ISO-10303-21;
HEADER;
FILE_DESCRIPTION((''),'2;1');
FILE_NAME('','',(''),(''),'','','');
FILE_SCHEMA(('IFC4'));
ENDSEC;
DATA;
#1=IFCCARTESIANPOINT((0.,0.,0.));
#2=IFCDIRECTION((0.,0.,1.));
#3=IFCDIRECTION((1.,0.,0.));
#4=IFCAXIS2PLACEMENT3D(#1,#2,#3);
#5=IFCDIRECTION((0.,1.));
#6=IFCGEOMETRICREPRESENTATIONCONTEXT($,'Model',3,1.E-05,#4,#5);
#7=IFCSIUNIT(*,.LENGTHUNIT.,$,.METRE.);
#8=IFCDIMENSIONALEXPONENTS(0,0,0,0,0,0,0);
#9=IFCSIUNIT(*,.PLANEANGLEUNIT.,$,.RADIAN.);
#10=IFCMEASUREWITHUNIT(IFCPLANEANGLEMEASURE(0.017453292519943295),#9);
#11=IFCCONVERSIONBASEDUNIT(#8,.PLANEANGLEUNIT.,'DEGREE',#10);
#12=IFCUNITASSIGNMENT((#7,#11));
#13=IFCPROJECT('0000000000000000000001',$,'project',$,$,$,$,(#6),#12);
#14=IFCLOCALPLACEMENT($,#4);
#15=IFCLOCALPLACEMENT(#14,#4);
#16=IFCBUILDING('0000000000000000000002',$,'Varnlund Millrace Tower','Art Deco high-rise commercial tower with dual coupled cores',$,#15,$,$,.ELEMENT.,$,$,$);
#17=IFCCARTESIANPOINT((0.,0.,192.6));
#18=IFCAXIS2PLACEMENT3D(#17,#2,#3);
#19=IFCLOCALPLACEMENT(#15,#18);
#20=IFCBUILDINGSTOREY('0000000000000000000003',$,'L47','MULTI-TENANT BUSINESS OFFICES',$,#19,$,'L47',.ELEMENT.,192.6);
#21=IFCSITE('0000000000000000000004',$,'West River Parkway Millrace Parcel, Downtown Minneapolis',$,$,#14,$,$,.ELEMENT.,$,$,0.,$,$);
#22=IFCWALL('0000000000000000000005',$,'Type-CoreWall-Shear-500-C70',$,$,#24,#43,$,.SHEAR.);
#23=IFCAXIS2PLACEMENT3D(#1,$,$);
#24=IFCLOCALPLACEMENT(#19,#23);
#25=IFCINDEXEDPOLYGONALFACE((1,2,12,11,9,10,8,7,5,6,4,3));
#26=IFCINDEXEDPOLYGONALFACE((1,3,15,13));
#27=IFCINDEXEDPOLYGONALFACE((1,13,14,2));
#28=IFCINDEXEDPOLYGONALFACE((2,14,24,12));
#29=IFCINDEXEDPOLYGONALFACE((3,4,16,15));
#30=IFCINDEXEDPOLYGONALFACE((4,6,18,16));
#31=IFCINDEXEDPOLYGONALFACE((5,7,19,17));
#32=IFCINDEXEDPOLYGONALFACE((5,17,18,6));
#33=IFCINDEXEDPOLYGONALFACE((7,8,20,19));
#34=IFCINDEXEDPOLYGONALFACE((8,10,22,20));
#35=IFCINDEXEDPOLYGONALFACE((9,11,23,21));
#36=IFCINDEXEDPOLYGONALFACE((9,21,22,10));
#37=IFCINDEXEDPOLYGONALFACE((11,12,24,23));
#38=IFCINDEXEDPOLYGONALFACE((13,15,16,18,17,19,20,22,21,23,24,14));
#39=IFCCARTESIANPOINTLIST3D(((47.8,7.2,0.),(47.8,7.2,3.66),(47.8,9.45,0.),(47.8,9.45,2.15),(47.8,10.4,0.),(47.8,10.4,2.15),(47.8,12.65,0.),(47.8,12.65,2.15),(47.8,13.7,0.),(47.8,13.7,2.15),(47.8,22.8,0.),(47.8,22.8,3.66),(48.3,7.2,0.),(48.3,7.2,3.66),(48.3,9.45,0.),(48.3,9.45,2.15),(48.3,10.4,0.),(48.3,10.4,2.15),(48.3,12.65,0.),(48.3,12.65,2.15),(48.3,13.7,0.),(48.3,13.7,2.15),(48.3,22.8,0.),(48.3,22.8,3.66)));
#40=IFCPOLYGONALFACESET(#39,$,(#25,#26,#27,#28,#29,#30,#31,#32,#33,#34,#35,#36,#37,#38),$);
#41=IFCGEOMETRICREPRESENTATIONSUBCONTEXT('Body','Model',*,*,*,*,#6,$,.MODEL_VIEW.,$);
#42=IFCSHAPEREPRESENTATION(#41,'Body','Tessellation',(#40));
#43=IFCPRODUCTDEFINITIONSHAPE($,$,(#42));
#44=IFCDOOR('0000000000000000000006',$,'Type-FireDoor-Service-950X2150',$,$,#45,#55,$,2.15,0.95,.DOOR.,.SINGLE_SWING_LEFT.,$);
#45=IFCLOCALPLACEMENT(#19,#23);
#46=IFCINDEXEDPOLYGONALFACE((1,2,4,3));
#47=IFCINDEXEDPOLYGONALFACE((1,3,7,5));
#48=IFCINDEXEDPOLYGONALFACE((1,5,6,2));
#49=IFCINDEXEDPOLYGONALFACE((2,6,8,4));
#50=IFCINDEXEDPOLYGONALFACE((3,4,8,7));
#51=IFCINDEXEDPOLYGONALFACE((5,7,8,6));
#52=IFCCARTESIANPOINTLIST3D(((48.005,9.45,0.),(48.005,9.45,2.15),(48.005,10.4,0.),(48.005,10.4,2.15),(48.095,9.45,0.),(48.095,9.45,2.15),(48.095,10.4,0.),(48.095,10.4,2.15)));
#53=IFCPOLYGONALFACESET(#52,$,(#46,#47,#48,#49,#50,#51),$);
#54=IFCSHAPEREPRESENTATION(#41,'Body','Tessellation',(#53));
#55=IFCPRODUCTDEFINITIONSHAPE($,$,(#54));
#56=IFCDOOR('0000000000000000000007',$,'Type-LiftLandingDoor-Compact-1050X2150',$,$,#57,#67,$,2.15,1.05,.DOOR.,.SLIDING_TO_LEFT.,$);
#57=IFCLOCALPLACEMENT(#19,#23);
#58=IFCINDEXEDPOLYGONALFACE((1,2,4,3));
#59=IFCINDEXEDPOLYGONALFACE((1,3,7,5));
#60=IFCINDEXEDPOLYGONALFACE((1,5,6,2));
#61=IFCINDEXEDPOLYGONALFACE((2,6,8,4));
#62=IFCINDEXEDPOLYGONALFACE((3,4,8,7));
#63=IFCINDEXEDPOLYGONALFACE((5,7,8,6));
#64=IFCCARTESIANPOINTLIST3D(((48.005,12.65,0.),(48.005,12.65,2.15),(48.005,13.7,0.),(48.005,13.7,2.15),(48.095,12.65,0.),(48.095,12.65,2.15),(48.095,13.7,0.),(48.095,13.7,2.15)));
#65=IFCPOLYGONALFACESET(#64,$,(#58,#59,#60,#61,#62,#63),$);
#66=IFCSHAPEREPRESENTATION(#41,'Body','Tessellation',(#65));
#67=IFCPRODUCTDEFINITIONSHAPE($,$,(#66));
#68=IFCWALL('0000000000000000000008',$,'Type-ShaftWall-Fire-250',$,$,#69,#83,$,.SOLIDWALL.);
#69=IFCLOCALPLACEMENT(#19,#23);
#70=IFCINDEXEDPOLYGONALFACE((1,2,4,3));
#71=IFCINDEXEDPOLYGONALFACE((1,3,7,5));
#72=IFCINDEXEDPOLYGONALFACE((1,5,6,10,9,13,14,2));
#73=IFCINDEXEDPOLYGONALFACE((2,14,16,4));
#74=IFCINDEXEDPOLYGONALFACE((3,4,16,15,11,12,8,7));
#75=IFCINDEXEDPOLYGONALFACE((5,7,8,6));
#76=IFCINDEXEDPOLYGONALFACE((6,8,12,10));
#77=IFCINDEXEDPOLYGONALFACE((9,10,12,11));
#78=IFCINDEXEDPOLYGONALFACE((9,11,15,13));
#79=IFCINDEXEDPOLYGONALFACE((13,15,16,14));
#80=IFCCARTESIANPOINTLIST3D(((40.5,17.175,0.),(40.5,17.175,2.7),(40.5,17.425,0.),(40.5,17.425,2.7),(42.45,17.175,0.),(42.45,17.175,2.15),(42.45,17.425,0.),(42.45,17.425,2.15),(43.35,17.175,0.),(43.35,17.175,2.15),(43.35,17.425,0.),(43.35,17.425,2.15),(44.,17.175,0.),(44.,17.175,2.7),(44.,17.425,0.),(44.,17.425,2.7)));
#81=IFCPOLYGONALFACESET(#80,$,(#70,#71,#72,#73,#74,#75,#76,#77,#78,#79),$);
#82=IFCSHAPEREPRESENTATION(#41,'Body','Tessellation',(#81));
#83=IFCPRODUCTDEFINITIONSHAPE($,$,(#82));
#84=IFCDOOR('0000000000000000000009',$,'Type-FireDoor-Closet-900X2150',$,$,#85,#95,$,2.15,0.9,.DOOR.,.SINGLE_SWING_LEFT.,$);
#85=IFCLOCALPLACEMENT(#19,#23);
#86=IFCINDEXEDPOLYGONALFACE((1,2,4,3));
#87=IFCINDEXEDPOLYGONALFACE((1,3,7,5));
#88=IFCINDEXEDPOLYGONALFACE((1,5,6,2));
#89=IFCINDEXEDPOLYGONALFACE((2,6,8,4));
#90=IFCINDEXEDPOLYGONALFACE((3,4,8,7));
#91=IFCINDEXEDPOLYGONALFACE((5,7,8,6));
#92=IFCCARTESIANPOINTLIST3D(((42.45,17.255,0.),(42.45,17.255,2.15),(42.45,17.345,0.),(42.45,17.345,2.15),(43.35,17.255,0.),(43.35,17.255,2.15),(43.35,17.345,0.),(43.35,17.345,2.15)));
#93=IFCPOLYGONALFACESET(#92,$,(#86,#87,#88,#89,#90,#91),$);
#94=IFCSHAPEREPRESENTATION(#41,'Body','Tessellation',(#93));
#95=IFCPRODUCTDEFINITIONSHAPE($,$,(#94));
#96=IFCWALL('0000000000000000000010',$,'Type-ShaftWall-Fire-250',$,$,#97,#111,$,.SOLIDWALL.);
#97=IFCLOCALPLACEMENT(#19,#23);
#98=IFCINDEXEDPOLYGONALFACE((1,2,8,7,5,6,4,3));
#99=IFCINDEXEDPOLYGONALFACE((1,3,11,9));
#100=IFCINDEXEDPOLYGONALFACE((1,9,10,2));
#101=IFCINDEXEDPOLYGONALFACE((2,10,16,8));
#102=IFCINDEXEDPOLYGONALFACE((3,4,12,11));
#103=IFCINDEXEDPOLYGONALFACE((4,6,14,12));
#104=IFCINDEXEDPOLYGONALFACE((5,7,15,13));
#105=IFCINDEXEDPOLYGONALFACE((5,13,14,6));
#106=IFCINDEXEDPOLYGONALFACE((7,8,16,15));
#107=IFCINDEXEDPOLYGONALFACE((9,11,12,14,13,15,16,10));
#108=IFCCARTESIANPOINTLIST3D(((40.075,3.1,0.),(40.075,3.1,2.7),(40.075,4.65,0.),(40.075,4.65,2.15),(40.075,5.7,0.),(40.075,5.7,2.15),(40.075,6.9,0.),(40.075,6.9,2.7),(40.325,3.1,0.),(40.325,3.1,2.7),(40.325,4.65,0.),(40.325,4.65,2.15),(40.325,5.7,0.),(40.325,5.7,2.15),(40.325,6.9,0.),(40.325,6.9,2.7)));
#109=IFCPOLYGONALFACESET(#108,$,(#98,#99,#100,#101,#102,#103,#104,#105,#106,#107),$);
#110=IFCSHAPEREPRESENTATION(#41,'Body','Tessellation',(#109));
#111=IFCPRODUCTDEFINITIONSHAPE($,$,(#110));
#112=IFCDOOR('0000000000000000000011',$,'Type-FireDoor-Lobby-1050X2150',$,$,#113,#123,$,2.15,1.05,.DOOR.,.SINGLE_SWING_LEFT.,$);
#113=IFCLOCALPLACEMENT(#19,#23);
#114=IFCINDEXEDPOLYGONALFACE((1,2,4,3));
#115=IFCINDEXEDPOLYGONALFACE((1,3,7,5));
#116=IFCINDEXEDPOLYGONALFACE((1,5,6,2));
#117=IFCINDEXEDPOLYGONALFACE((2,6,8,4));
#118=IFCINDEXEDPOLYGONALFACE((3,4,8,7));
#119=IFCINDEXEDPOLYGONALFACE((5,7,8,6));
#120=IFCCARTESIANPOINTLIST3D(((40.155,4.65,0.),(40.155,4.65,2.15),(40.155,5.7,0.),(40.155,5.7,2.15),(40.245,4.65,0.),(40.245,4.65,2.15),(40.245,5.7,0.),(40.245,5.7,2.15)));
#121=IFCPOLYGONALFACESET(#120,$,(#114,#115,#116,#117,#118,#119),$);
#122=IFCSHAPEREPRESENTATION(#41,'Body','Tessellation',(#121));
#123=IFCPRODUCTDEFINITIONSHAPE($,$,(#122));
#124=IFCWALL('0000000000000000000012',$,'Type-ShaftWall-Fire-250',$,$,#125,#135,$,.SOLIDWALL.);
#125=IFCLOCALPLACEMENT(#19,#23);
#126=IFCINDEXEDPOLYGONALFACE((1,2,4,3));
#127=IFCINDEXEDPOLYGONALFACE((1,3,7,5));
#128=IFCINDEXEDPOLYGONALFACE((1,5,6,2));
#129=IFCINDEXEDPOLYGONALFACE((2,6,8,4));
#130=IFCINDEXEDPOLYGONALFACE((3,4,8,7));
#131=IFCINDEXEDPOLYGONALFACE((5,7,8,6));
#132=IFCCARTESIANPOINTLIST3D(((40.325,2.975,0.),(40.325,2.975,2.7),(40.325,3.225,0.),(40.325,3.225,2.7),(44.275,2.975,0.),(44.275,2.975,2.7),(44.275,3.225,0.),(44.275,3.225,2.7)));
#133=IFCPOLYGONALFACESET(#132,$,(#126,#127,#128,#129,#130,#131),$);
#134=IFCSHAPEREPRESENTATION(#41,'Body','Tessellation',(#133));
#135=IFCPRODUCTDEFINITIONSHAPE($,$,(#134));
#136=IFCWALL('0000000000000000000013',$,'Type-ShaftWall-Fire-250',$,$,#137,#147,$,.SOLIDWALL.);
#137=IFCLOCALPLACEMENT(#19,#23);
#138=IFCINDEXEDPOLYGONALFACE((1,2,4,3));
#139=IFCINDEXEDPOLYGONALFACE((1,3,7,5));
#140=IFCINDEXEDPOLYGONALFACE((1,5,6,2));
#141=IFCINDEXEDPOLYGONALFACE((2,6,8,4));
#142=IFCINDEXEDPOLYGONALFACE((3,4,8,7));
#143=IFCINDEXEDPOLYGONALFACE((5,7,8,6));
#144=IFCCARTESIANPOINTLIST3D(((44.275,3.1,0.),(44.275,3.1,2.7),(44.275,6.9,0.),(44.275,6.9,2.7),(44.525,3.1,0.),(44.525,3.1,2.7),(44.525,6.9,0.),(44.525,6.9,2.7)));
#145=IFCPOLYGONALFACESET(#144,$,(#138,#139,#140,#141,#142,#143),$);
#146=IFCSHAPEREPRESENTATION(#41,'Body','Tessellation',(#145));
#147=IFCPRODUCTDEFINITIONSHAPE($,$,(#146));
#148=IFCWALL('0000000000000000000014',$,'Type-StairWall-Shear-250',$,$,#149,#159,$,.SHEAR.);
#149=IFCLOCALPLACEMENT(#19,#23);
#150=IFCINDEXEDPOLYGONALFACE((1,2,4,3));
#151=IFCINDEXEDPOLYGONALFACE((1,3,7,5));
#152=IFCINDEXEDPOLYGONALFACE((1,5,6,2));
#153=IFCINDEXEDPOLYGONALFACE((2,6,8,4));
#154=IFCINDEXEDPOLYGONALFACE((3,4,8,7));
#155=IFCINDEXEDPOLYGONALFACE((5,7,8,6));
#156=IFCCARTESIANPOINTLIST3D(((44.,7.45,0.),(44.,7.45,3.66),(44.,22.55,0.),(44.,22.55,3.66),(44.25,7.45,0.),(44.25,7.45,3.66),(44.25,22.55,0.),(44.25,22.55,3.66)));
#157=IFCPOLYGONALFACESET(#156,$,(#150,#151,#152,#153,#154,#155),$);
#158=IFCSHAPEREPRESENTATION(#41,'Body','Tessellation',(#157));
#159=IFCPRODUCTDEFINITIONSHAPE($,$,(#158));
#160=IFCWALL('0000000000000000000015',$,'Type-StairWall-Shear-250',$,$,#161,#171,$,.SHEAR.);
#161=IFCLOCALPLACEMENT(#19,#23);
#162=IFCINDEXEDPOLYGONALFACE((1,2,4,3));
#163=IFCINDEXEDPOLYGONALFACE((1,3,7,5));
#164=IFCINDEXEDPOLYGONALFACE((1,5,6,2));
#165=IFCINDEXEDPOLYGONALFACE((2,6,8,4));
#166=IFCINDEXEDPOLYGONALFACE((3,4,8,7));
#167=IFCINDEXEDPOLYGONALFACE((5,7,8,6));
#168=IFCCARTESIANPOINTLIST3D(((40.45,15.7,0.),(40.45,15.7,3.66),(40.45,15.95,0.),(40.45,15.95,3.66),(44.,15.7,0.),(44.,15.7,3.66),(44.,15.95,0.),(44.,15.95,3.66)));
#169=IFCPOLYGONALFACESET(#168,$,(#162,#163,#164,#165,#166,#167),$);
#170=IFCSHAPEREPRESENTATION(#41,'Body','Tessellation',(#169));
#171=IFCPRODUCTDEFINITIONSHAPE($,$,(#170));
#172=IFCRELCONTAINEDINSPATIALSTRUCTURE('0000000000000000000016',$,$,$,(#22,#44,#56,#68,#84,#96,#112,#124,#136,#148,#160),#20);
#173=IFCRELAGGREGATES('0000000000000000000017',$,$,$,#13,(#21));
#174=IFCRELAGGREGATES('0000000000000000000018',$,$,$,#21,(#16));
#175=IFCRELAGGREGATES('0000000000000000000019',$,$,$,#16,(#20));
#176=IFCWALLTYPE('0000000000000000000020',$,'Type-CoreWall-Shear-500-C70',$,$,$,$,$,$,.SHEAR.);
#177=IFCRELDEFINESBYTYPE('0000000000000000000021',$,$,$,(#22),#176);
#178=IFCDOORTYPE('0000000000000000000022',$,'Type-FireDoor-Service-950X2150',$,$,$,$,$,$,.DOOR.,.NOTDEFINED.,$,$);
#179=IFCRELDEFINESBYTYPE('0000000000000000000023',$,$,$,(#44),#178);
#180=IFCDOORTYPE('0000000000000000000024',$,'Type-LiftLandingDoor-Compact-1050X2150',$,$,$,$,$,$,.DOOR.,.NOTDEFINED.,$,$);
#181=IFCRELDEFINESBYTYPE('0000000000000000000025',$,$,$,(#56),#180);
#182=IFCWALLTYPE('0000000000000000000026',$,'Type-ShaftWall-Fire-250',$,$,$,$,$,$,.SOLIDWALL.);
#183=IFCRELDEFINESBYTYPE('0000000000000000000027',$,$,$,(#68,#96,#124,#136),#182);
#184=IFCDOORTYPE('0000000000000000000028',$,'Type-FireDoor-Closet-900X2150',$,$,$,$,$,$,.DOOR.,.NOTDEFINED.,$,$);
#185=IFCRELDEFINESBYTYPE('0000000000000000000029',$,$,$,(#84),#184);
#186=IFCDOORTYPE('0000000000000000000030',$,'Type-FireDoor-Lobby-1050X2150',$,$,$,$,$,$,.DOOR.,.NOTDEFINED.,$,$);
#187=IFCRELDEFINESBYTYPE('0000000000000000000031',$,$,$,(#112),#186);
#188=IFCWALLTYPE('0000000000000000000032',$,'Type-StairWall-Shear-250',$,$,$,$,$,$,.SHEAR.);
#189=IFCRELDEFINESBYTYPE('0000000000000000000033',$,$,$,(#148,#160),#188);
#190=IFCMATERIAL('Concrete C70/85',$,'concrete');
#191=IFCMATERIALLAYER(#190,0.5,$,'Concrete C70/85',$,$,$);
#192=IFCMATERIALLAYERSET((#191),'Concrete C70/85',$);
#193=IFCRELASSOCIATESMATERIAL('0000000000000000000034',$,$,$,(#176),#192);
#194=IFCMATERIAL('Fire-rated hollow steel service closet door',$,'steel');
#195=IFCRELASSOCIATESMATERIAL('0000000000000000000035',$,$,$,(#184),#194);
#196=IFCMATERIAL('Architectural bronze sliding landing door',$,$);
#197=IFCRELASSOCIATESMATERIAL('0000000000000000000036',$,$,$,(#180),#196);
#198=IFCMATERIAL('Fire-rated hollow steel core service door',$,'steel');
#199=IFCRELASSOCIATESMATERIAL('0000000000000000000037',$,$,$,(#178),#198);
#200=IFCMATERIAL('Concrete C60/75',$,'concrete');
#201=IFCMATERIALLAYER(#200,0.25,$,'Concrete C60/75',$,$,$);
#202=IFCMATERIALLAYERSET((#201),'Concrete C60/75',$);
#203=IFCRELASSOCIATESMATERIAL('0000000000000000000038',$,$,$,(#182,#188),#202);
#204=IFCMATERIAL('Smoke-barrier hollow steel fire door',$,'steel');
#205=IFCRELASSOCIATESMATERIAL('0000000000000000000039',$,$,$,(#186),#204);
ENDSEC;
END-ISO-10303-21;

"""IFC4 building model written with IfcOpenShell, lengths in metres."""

from ifc_helpers import new_model, entity, si_unit, converted_unit, direction, frame, origin_with_axes, origin_2d_with_axis, place, context, subcontext, project, spatial, polyline, rectangle, outline, extrude, material, layer, layer_set, type_object, element, fill, save


model = new_model("IFC4")

# Units and contexts
model_context = context("Model", 3, precision=1e-05, world=origin_with_axes(), true_north=direction((0.0, 1.0)))
body_context = subcontext(model_context, "Body", "Model", "MODEL_VIEW")
ifc_project = project(units=[si_unit("LENGTHUNIT", "METRE"), converted_unit("PLANEANGLEUNIT", "DEGREE", entity("IfcPlaneAngleMeasure", 0.017453292519943295), si_unit("PLANEANGLEUNIT", "RADIAN"), dimensions=[0, 0, 0, 0, 0, 0, 0])], contexts=[model_context])

# Site, building, storey
site_placement = place(None, origin_with_axes())
site = spatial("IfcSite", under=ifc_project, at=site_placement, Name="West River Parkway Millrace Parcel, Downtown Minneapolis", CompositionType="ELEMENT", RefElevation=0.0)
building_placement = place(site_placement, origin_with_axes())
building = spatial("IfcBuilding", under=site, at=building_placement, Name="Varnlund Millrace Tower", Description="Art Deco high-rise commercial tower with dual coupled cores", CompositionType="ELEMENT")
storey_placement = place(building_placement, frame((0.0, 0.0, 192.6), z_axis=(0.0, 0.0, 1.0), x_axis=(1.0, 0.0, 0.0)))
storey = spatial("IfcBuildingStorey", under=building, at=storey_placement, Name="L47", Description="MULTI-TENANT BUSINESS OFFICES", LongName="L47", CompositionType="ELEMENT", Elevation=192.6)

# Shared definitions
ifc_material_1 = material(Name="Concrete C70/85", Category="concrete")

# Shared definitions
ifc_layer_1 = layer(ifc_material_1, 0.5, Name="Concrete C70/85")
ifc_layer_set_1 = layer_set([ifc_layer_1], Name="Concrete C70/85")
wall_type_1 = type_object("IfcWallType", Name="Type-CoreWall-Shear-500-C70", PredefinedType="SHEAR", material=ifc_layer_set_1)
ifc_material_2 = material(Name="Fire-rated hollow steel service closet door", Category="steel")
door_type_1 = type_object("IfcDoorType", Name="Type-FireDoor-Closet-900X2150", OperationType="NOTDEFINED", PredefinedType="DOOR", material=ifc_material_2)
ifc_material_3 = material(Name="Architectural bronze sliding landing door")
door_type_2 = type_object("IfcDoorType", Name="Type-LiftLandingDoor-Compact-1050X2150", OperationType="NOTDEFINED", PredefinedType="DOOR", material=ifc_material_3)

# Wall, openings, doors
wall_1_placement = place(storey_placement, frame((48.05, 7.2, 0.0), z_axis=(0.0, 0.0, 1.0), x_axis=(0.0, 1.0, 0.0)))
wall_1 = element("IfcWall", 1, at=wall_1_placement, inside=storey, type_object=wall_type_1, Name="Type-CoreWall-Shear-500-C70", PredefinedType="SHEAR", context=body_context, shape_type="SweptSolid", body=[
    extrude(outline(polyline([(0.0, -0.25), (15.6, -0.25), (15.6, 0.25), (0.0, 0.25), (0.0, -0.25)])), origin_with_axes(), (0.0, 0.0, 1.0), 3.66),
])
opening_1_placement = place(wall_1_placement, frame((5.975, 0.0, 0.0), z_axis=(0.0, 0.0, 1.0), x_axis=(1.0, 0.0, 0.0)))
opening_1 = element("IfcOpeningElement", 2, at=opening_1_placement, cuts=wall_1, PredefinedType="OPENING", context=body_context, shape_type="SweptSolid", body=[
    extrude(rectangle(XDim=1.05, YDim=0.52, at=origin_2d_with_axis()), origin_with_axes(), (0.0, 0.0, 1.0), 2.15),
])
opening_2_placement = place(wall_1_placement, frame((2.725, 0.0, 0.0), z_axis=(0.0, 0.0, 1.0), x_axis=(1.0, 0.0, 0.0)))
opening_2 = element("IfcOpeningElement", 3, at=opening_2_placement, cuts=wall_1, PredefinedType="OPENING", context=body_context, shape_type="SweptSolid", body=[
    extrude(rectangle(XDim=0.95, YDim=0.52, at=origin_2d_with_axis()), origin_with_axes(), (0.0, 0.0, 1.0), 2.15),
])
ifc_material_4 = material(Name="Fire-rated hollow steel core service door", Category="steel")
door_type_3 = type_object("IfcDoorType", Name="Type-FireDoor-Service-950X2150", OperationType="NOTDEFINED", PredefinedType="DOOR", material=ifc_material_4)
door_1_placement = place(wall_1_placement, frame((2.725, 0.0, 0.0), z_axis=(0.0, 0.0, 1.0), x_axis=(1.0, 0.0, 0.0)))
door_1 = element("IfcDoor", 4, at=door_1_placement, inside=storey, type_object=door_type_3, Name="Type-FireDoor-Service-950X2150", OperationType="SINGLE_SWING_LEFT", OverallHeight=2.15, OverallWidth=0.95, PredefinedType="DOOR", context=body_context, shape_type="SweptSolid", body=[
    extrude(rectangle(XDim=0.95, YDim=0.09, at=origin_2d_with_axis()), origin_with_axes(), (0.0, 0.0, 1.0), 2.15),
])
fill(opening_2, door_1)
door_2_placement = place(wall_1_placement, frame((5.975, 0.0, 0.0), z_axis=(0.0, 0.0, 1.0), x_axis=(1.0, 0.0, 0.0)))
door_2 = element("IfcDoor", 5, at=door_2_placement, inside=storey, type_object=door_type_2, Name="Type-LiftLandingDoor-Compact-1050X2150", OperationType="SLIDING_TO_LEFT", OverallHeight=2.15, OverallWidth=1.05, PredefinedType="DOOR", context=body_context, shape_type="SweptSolid", body=[
    extrude(rectangle(XDim=1.05, YDim=0.09, at=origin_2d_with_axis()), origin_with_axes(), (0.0, 0.0, 1.0), 2.15),
])
fill(opening_1, door_2)

# Walls, openings, doors
ifc_material_5 = material(Name="Concrete C60/75", Category="concrete")
ifc_layer_2 = layer(ifc_material_5, 0.25, Name="Concrete C60/75")
ifc_layer_set_2 = layer_set([ifc_layer_2], Name="Concrete C60/75")
wall_type_2 = type_object("IfcWallType", Name="Type-ShaftWall-Fire-250", PredefinedType="SOLIDWALL", material=ifc_layer_set_2)
wall_2_placement = place(storey_placement, frame((40.5, 17.3, 0.0), z_axis=(0.0, 0.0, 1.0), x_axis=(1.0, 0.0, 0.0)))
wall_2 = element("IfcWall", 6, at=wall_2_placement, inside=storey, type_object=wall_type_2, Name="Type-ShaftWall-Fire-250", PredefinedType="SOLIDWALL", context=body_context, shape_type="SweptSolid", body=[
    extrude(outline(polyline([(0.0, -0.125), (3.5, -0.125), (3.5, 0.125), (0.0, 0.125), (0.0, -0.125)])), origin_with_axes(), (0.0, 0.0, 1.0), 2.7),
])
opening_3_placement = place(wall_2_placement, frame((2.4, 0.0, 0.0), z_axis=(0.0, 0.0, 1.0), x_axis=(1.0, 0.0, 0.0)))
opening_3 = element("IfcOpeningElement", 7, at=opening_3_placement, cuts=wall_2, PredefinedType="OPENING", context=body_context, shape_type="SweptSolid", body=[
    extrude(rectangle(XDim=0.9, YDim=0.27, at=origin_2d_with_axis()), origin_with_axes(), (0.0, 0.0, 1.0), 2.15),
])
door_3_placement = place(wall_2_placement, frame((2.4, 0.0, 0.0), z_axis=(0.0, 0.0, 1.0), x_axis=(1.0, 0.0, 0.0)))
door_3 = element("IfcDoor", 8, at=door_3_placement, inside=storey, type_object=door_type_1, Name="Type-FireDoor-Closet-900X2150", OperationType="SINGLE_SWING_LEFT", OverallHeight=2.15, OverallWidth=0.9, PredefinedType="DOOR", context=body_context, shape_type="SweptSolid", body=[
    extrude(rectangle(XDim=0.9, YDim=0.09, at=origin_2d_with_axis()), origin_with_axes(), (0.0, 0.0, 1.0), 2.15),
])
fill(opening_3, door_3)
wall_3_placement = place(storey_placement, frame((40.2, 3.1, 0.0), z_axis=(0.0, 0.0, 1.0), x_axis=(0.0, 1.0, 0.0)))
wall_3 = element("IfcWall", 9, at=wall_3_placement, inside=storey, type_object=wall_type_2, Name="Type-ShaftWall-Fire-250", PredefinedType="SOLIDWALL", context=body_context, shape_type="SweptSolid", body=[
    extrude(outline(polyline([(0.0, -0.125), (3.8, -0.125), (3.8, 0.125), (0.0, 0.125), (0.0, -0.125)])), origin_with_axes(), (0.0, 0.0, 1.0), 2.7),
])
opening_4_placement = place(wall_3_placement, frame((2.075, 0.0, 0.0), z_axis=(0.0, 0.0, 1.0), x_axis=(1.0, 0.0, 0.0)))
opening_4 = element("IfcOpeningElement", 10, at=opening_4_placement, cuts=wall_3, PredefinedType="OPENING", context=body_context, shape_type="SweptSolid", body=[
    extrude(rectangle(XDim=1.05, YDim=0.27, at=origin_2d_with_axis()), origin_with_axes(), (0.0, 0.0, 1.0), 2.15),
])
ifc_material_6 = material(Name="Smoke-barrier hollow steel fire door", Category="steel")
door_type_4 = type_object("IfcDoorType", Name="Type-FireDoor-Lobby-1050X2150", OperationType="NOTDEFINED", PredefinedType="DOOR", material=ifc_material_6)
door_4_placement = place(wall_3_placement, frame((2.075, 0.0, 0.0), z_axis=(0.0, 0.0, 1.0), x_axis=(1.0, 0.0, 0.0)))
door_4 = element("IfcDoor", 11, at=door_4_placement, inside=storey, type_object=door_type_4, Name="Type-FireDoor-Lobby-1050X2150", OperationType="SINGLE_SWING_LEFT", OverallHeight=2.15, OverallWidth=1.05, PredefinedType="DOOR", context=body_context, shape_type="SweptSolid", body=[
    extrude(rectangle(XDim=1.05, YDim=0.09, at=origin_2d_with_axis()), origin_with_axes(), (0.0, 0.0, 1.0), 2.15),
])
fill(opening_4, door_4)

# Walls
wall_4_placement = place(storey_placement, frame((40.325, 3.1, 0.0), z_axis=(0.0, 0.0, 1.0), x_axis=(1.0, 0.0, 0.0)))
element("IfcWall", 12, at=wall_4_placement, inside=storey, type_object=wall_type_2, Name="Type-ShaftWall-Fire-250", PredefinedType="SOLIDWALL", context=body_context, shape_type="SweptSolid", body=[
    extrude(outline(polyline([(0.0, -0.125), (3.95, -0.125), (3.95, 0.125), (0.0, 0.125), (0.0, -0.125)])), origin_with_axes(), (0.0, 0.0, 1.0), 2.7),
])
wall_5_placement = place(storey_placement, frame((44.4, 3.1, 0.0), z_axis=(0.0, 0.0, 1.0), x_axis=(0.0, 1.0, 0.0)))
element("IfcWall", 13, at=wall_5_placement, inside=storey, type_object=wall_type_2, Name="Type-ShaftWall-Fire-250", PredefinedType="SOLIDWALL", context=body_context, shape_type="SweptSolid", body=[
    extrude(outline(polyline([(0.0, -0.125), (3.8, -0.125), (3.8, 0.125), (0.0, 0.125), (0.0, -0.125)])), origin_with_axes(), (0.0, 0.0, 1.0), 2.7),
])
wall_type_3 = type_object("IfcWallType", Name="Type-StairWall-Shear-250", PredefinedType="SHEAR", material=ifc_layer_set_2)
wall_6_placement = place(storey_placement, frame((44.125, 7.45, 0.0), z_axis=(0.0, 0.0, 1.0), x_axis=(0.0, 1.0, 0.0)))
element("IfcWall", 14, at=wall_6_placement, inside=storey, type_object=wall_type_3, Name="Type-StairWall-Shear-250", PredefinedType="SHEAR", context=body_context, shape_type="SweptSolid", body=[
    extrude(outline(polyline([(0.0, -0.125), (15.1, -0.125), (15.1, 0.125), (0.0, 0.125), (0.0, -0.125)])), origin_with_axes(), (0.0, 0.0, 1.0), 3.66),
])
for number, where, z_axis, x_axis, name in (
    (15, (40.45, 15.825, 0.0), (0.0, 0.0, 1.0), (1.0, 0.0, 0.0), "Type-StairWall-Shear-250"),
):
    element("IfcWall", number, at=place(storey_placement, frame(where, z_axis=z_axis, x_axis=x_axis)), inside=storey, type_object=wall_type_3, Name=name, PredefinedType="SHEAR", context=body_context, shape_type="SweptSolid", body=[
        extrude(outline(polyline([(0.0, -0.125), (3.55, -0.125), (3.55, 0.125), (0.0, 0.125), (0.0, -0.125)])), origin_with_axes(), (0.0, 0.0, 1.0), 3.66),
    ])

save(model, "model.ifc")
